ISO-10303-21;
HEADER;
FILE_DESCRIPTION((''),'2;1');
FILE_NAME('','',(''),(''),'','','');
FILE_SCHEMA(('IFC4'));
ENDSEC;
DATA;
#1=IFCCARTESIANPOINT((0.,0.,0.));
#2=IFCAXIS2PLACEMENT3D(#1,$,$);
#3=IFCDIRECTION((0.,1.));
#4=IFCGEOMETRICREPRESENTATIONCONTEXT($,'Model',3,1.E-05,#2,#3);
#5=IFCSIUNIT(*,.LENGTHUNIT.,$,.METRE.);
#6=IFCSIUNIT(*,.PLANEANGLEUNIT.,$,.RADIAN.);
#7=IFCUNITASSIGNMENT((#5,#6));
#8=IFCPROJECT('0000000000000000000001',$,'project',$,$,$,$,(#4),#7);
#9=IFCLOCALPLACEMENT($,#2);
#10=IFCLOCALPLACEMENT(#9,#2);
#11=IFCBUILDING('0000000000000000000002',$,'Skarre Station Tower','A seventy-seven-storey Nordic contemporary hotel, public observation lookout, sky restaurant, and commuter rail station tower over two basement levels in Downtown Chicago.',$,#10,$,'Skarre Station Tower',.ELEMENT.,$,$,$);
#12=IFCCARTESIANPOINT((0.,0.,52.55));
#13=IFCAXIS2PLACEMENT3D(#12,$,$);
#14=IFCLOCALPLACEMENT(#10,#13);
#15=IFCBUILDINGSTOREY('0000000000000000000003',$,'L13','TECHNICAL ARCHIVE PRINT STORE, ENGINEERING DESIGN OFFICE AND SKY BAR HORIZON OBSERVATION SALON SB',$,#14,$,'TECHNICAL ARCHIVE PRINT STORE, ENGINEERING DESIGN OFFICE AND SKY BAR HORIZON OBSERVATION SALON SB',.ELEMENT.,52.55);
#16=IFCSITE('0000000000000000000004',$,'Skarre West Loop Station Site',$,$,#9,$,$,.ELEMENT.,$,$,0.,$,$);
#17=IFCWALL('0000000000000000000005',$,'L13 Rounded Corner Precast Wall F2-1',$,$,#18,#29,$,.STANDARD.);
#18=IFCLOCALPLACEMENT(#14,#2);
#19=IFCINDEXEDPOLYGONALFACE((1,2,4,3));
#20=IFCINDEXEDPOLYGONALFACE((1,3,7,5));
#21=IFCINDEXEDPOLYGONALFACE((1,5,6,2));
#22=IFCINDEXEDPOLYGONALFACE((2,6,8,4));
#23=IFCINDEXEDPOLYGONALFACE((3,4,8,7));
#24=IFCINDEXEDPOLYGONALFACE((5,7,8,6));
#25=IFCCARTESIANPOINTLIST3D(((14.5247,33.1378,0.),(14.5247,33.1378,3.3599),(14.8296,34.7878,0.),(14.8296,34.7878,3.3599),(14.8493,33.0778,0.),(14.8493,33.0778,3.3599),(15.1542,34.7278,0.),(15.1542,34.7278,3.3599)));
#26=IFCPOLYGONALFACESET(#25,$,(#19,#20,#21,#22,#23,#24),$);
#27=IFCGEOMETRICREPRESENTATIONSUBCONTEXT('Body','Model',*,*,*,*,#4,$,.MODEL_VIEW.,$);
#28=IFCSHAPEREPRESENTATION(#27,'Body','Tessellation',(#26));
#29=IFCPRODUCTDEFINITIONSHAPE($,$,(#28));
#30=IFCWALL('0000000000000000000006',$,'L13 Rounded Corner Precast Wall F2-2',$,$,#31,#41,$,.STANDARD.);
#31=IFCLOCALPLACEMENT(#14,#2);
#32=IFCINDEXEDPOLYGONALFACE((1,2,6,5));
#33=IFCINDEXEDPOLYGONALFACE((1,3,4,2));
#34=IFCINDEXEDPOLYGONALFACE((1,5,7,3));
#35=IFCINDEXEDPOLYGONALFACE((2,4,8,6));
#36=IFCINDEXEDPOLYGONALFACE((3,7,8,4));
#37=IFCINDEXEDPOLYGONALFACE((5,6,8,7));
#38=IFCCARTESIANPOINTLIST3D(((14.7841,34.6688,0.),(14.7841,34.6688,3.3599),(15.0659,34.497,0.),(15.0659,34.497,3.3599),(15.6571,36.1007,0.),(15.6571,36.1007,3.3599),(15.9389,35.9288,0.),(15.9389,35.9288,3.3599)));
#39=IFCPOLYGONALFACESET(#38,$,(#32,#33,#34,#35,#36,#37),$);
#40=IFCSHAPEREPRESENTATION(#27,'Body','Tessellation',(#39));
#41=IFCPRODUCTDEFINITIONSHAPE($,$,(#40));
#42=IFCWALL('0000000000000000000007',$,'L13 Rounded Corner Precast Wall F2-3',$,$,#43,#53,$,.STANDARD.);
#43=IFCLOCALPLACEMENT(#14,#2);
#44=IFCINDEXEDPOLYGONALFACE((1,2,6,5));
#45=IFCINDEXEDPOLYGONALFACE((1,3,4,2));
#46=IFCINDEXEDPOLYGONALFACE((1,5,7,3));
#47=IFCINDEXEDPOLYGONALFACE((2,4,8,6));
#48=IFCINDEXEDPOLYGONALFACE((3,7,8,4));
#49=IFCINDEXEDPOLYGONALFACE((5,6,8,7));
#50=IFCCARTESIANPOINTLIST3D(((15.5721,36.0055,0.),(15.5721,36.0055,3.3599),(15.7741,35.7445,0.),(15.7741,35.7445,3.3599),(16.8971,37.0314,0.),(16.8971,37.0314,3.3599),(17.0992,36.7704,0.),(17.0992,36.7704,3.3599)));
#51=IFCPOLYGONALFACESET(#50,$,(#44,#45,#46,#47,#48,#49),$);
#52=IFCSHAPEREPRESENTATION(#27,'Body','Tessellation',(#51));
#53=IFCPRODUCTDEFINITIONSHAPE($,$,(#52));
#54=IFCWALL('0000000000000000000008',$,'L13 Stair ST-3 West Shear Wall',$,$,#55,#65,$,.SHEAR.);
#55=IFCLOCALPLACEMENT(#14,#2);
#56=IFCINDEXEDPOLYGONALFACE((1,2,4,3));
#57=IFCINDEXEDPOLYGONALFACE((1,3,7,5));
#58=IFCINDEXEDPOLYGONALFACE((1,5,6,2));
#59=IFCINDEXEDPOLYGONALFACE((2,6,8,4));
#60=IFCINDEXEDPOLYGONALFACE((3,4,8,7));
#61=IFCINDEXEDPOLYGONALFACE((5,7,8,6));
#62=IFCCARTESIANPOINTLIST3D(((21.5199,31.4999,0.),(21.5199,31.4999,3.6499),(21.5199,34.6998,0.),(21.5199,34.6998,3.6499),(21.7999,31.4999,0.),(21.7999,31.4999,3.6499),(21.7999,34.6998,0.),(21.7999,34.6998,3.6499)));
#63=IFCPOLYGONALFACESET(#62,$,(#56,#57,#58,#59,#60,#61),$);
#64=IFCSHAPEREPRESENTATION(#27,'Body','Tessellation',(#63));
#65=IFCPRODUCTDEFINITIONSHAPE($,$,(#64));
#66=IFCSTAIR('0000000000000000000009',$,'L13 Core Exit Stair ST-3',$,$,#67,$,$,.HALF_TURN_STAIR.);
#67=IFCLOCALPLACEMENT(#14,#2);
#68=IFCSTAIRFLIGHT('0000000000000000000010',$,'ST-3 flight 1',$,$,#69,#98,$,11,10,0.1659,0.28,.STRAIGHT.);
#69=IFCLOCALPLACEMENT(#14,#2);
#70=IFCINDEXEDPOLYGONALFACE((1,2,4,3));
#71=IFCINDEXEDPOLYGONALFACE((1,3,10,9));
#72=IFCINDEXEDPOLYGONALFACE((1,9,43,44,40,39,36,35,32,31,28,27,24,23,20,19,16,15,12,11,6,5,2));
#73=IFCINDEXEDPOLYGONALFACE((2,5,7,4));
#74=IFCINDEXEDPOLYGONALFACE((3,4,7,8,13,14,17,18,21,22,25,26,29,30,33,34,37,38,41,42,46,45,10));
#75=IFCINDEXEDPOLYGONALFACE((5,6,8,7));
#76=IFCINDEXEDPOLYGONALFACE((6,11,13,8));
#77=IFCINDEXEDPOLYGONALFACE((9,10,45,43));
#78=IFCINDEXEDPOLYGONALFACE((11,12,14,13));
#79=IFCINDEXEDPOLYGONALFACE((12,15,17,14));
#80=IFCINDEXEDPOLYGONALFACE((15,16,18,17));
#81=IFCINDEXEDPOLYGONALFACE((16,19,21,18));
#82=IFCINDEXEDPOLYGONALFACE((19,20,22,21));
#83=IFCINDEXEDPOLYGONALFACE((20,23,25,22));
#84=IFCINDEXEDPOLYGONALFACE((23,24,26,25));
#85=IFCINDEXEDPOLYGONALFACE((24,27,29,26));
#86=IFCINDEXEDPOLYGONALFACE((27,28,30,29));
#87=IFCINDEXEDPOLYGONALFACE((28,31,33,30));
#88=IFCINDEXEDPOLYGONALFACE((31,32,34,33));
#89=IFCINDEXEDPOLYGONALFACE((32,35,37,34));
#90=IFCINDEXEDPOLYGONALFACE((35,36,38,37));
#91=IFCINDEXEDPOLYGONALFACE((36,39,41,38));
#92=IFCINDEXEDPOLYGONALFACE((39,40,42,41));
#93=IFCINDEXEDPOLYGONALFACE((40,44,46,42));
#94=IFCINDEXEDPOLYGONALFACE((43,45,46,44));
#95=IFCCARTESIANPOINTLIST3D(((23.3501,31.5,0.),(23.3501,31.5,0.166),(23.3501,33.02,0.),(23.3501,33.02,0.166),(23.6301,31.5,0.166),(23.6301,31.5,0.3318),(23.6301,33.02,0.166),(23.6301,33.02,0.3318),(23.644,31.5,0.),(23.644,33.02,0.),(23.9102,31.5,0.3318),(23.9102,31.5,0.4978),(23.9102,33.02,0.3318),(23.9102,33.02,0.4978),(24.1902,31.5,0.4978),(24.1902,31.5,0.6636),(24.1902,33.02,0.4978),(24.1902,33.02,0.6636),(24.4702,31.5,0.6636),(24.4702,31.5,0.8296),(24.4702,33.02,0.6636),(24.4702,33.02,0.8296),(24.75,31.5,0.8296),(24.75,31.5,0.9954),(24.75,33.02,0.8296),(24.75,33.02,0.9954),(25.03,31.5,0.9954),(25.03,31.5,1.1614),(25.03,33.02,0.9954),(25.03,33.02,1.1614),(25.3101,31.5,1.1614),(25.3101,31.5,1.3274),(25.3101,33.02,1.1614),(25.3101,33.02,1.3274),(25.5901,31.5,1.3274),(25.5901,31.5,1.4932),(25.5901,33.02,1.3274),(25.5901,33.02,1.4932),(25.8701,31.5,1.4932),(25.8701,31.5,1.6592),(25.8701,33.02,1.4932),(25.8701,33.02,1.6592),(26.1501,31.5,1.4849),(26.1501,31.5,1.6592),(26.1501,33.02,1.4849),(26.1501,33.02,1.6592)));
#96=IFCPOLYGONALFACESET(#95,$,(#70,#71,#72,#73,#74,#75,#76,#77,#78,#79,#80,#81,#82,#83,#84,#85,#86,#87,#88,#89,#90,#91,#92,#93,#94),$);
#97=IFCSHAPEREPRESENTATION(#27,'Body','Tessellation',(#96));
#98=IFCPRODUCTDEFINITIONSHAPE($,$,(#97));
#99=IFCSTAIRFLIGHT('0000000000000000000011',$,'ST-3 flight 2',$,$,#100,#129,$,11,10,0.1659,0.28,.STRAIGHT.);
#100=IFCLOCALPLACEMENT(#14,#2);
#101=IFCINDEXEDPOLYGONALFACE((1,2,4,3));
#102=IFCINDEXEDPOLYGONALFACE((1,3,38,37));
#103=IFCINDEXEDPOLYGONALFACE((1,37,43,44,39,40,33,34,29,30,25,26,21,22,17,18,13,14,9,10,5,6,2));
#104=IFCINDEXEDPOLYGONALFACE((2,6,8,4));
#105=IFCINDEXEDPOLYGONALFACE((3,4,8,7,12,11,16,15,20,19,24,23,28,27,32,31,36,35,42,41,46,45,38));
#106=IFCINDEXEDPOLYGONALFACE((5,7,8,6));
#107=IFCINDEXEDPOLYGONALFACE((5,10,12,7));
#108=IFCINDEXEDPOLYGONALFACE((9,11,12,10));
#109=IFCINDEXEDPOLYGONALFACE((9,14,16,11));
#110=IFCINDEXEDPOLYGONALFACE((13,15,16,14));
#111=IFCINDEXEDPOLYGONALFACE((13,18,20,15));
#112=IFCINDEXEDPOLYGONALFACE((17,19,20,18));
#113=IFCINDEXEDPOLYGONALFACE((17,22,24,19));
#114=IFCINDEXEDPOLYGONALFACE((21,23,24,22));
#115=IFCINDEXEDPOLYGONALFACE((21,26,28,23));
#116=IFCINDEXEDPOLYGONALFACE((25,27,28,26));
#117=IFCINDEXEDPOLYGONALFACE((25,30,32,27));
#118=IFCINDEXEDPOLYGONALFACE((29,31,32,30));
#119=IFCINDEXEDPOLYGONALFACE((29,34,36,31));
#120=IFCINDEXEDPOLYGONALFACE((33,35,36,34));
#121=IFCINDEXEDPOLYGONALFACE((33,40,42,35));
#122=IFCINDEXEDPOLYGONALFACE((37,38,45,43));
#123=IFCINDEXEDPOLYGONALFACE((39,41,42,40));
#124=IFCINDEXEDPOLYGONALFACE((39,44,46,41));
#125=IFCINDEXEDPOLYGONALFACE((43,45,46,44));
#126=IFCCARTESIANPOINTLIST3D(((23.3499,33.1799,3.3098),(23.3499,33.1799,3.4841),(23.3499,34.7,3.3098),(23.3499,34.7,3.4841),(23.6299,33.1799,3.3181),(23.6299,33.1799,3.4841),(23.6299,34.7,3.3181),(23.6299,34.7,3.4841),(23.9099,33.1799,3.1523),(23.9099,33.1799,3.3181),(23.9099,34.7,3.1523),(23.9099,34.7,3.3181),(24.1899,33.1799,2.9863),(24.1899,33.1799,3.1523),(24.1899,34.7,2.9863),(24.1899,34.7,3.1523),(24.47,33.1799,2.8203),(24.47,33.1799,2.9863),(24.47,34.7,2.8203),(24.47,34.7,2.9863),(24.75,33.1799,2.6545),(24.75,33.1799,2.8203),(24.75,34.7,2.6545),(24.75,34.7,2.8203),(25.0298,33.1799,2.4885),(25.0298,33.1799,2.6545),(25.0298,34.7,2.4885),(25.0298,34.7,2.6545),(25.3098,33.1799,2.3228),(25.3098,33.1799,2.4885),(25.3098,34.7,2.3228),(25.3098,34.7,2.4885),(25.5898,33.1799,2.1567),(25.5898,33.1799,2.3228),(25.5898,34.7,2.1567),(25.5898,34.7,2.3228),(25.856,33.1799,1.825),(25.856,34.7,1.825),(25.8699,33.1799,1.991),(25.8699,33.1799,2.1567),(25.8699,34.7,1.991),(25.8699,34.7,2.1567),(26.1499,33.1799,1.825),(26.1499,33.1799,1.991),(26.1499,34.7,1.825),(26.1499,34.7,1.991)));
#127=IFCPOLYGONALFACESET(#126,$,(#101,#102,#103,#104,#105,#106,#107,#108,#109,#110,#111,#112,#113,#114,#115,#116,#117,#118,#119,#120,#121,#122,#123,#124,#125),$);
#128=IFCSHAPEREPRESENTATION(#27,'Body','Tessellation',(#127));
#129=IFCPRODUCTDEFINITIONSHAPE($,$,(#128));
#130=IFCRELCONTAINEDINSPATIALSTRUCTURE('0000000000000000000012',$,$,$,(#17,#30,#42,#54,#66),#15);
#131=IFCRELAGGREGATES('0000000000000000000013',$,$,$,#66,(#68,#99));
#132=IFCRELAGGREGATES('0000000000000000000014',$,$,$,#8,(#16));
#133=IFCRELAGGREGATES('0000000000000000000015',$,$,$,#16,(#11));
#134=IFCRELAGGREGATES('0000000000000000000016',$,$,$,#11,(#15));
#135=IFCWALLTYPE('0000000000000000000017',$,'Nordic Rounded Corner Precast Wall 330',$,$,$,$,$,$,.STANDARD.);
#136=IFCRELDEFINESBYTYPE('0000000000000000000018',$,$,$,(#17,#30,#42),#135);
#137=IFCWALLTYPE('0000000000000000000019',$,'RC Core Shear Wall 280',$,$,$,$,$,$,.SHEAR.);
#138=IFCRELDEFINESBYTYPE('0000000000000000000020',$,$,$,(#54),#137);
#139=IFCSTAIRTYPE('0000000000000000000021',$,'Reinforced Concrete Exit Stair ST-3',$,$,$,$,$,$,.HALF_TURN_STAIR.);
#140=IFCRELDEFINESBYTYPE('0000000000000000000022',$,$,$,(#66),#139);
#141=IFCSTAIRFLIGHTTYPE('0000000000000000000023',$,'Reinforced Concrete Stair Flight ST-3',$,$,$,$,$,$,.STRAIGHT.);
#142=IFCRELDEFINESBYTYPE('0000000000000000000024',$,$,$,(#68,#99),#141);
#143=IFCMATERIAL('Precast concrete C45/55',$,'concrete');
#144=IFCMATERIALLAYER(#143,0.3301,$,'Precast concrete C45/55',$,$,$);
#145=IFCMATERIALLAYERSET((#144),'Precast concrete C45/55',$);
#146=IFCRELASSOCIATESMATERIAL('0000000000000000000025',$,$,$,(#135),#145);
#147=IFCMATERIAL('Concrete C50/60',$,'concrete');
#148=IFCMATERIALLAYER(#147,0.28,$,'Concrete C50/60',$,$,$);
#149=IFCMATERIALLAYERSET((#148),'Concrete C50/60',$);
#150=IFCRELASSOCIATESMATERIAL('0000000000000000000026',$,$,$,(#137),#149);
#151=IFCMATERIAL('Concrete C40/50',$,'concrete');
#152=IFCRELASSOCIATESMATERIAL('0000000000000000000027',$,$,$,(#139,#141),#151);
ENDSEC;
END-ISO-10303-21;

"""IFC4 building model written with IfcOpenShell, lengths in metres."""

from ifc_helpers import new_model, si_unit, direction, frame, frame_2d, origin, place, context, subcontext, project, spatial, polyline, rectangle, outline, extrude, material, layer, layer_set, type_object, element, aggregate, save


model = new_model("IFC4")

# Units and contexts
model_context = context("Model", 3, precision=1e-05, world=origin(), true_north=direction((0.0, 1.0)))
body_context = subcontext(model_context, "Body", "Model", "MODEL_VIEW")
ifc_project = project(units=[si_unit("LENGTHUNIT", "METRE"), si_unit("PLANEANGLEUNIT", "RADIAN")], contexts=[model_context])

# Site, building, storey
site_placement = place(None, origin())
site = spatial("IfcSite", under=ifc_project, at=site_placement, Name="Skarre West Loop Station Site", CompositionType="ELEMENT", RefElevation=0.0)
building_placement = place(site_placement, origin())
building = spatial("IfcBuilding", under=site, at=building_placement, Name="Skarre Station Tower", Description="A seventy-seven-storey Nordic contemporary hotel, public observation lookout, sky restaurant, and commuter rail station tower over two basement levels in Downtown Chicago.", LongName="Skarre Station Tower", CompositionType="ELEMENT")
storey_placement = place(building_placement, frame((0.0, 0.0, 52.55)))
storey = spatial("IfcBuildingStorey", under=building, at=storey_placement, Name="L13", Description="TECHNICAL ARCHIVE PRINT STORE, ENGINEERING DESIGN OFFICE AND SKY BAR HORIZON OBSERVATION SALON SB", LongName="TECHNICAL ARCHIVE PRINT STORE, ENGINEERING DESIGN OFFICE AND SKY BAR HORIZON OBSERVATION SALON SB", CompositionType="ELEMENT", Elevation=52.55)

# Shared definitions
ifc_material_1 = material(Name="Precast concrete C45/55", Category="concrete")

# Walls
ifc_layer_1 = layer(ifc_material_1, 0.3301, Name="Precast concrete C45/55")
ifc_layer_set_1 = layer_set([ifc_layer_1], Name="Precast concrete C45/55")
wall_type_1 = type_object("IfcWallType", Name="Nordic Rounded Corner Precast Wall 330", PredefinedType="STANDARD", material=ifc_layer_set_1)
wall_1_placement = place(storey_placement, frame((14.687, 33.1079, 0.0), z_axis=(0.0, 0.0, 1.0), x_axis=(0.181714, 0.983351, 0.0)))
element("IfcWall", 1, at=wall_1_placement, inside=storey, type_object=wall_type_1, Name="L13 Rounded Corner Precast Wall F2-1", PredefinedType="STANDARD", context=body_context, shape_type="SweptSolid", body=[
    extrude(rectangle(XDim=1.678, YDim=0.3301, at=frame_2d((0.8389, 0.0))), origin(), (0.0, 0.0, 1.0), 3.3599),
])
wall_2_placement = place(storey_placement, frame((14.925, 34.583, 0.0), z_axis=(0.0, 0.0, 1.0), x_axis=(0.520584, 0.85381, 0.0)))
element("IfcWall", 2, at=wall_2_placement, inside=storey, type_object=wall_type_1, Name="L13 Rounded Corner Precast Wall F2-2", PredefinedType="STANDARD", context=body_context, shape_type="SweptSolid", body=[
    extrude(rectangle(XDim=1.677, YDim=0.3301, at=frame_2d((0.8384, 0.0))), origin(), (0.0, 0.0, 1.0), 3.3599),
])
wall_3_placement = place(storey_placement, frame((15.6731, 35.875, 0.0), z_axis=(0.0, 0.0, 1.0), x_axis=(0.790692, 0.612214, 0.0)))
element("IfcWall", 3, at=wall_3_placement, inside=storey, type_object=wall_type_1, Name="L13 Rounded Corner Precast Wall F2-3", PredefinedType="STANDARD", context=body_context, shape_type="SweptSolid", body=[
    extrude(rectangle(XDim=1.6758, YDim=0.3301, at=frame_2d((0.8379, 0.0))), origin(), (0.0, 0.0, 1.0), 3.3599),
])
ifc_material_2 = material(Name="Concrete C50/60", Category="concrete")
ifc_layer_2 = layer(ifc_material_2, 0.28, Name="Concrete C50/60")
ifc_layer_set_2 = layer_set([ifc_layer_2], Name="Concrete C50/60")
wall_type_2 = type_object("IfcWallType", Name="RC Core Shear Wall 280", PredefinedType="SHEAR", material=ifc_layer_set_2)
wall_4_placement = place(storey_placement, frame((21.6599, 34.7, 0.0), z_axis=(0.0, 0.0, 1.0), x_axis=(0.0, -1.0, 0.0)))
element("IfcWall", 4, at=wall_4_placement, inside=storey, type_object=wall_type_2, Name="L13 Stair ST-3 West Shear Wall", PredefinedType="SHEAR", context=body_context, shape_type="SweptSolid", body=[
    extrude(rectangle(XDim=3.2, YDim=0.28, at=frame_2d((1.6001, 0.0))), origin(), (0.0, 0.0, 1.0), 3.6499),
])

# Stair, stair flights
ifc_material_3 = material(Name="Concrete C40/50", Category="concrete")
stair_type = type_object("IfcStairType", Name="Reinforced Concrete Exit Stair ST-3", PredefinedType="HALF_TURN_STAIR", material=ifc_material_3)
stair_placement = place(storey_placement, origin())
stair = element("IfcStair", 5, at=stair_placement, inside=storey, type_object=stair_type, Name="L13 Core Exit Stair ST-3", PredefinedType="HALF_TURN_STAIR")
stair_flight_type = type_object("IfcStairFlightType", Name="Reinforced Concrete Stair Flight ST-3", PredefinedType="STRAIGHT", material=ifc_material_3)
stair_flight_1_placement = place(storey_placement, frame((23.3501, 32.26, 0.0), z_axis=(0.0, 0.0, 1.0), x_axis=(1.0, 0.0, 0.0)))
stair_flight_1 = element("IfcStairFlight", 6, at=stair_flight_1_placement, type_object=stair_flight_type, Name="ST-3 flight 1", NumberOfRisers=11, NumberOfTreads=10, PredefinedType="STRAIGHT", RiserHeight=0.1659, TreadLength=0.28, context=body_context, shape_type="SweptSolid", body=[
    extrude(outline(polyline([(0.0, 0.0), (0.0, 0.166), (0.28, 0.166), (0.28, 0.3318), (0.5601, 0.3318), (0.5601, 0.4978), (0.8401, 0.4978), (0.8401, 0.6636), (1.1201, 0.6636), (1.1201, 0.8296), (1.3999, 0.8296), (1.3999, 0.9954), (1.6799, 0.9954), (1.6799, 1.1614), (1.96, 1.1614), (1.96, 1.3274), (2.24, 1.3274), (2.24, 1.4932), (2.52, 1.4932), (2.52, 1.6592), (2.8, 1.6592), (2.8, 1.825), (2.8, 1.4849), (0.2939, 0.0), (0.0, 0.0)])), frame((0.0, 0.76, 0.0), z_axis=(0.0, -1.0, 0.0), x_axis=(1.0, 0.0, 0.0)), (0.0, 0.0, 1.0), 1.52),
])
stair_flight_2_placement = place(storey_placement, frame((26.1499, 33.9399, 1.825), z_axis=(0.0, 0.0, 1.0), x_axis=(-1.0, 0.0, 0.0)))
stair_flight_2 = element("IfcStairFlight", 7, at=stair_flight_2_placement, type_object=stair_flight_type, Name="ST-3 flight 2", NumberOfRisers=11, NumberOfTreads=10, PredefinedType="STRAIGHT", RiserHeight=0.1659, TreadLength=0.28, context=body_context, shape_type="SweptSolid", body=[
    extrude(outline(polyline([(0.0, 0.0), (0.0, 0.166), (0.28, 0.166), (0.28, 0.3318), (0.5601, 0.3318), (0.5601, 0.4978), (0.8401, 0.4978), (0.8401, 0.6636), (1.1201, 0.6636), (1.1201, 0.8296), (1.3999, 0.8296), (1.3999, 0.9954), (1.6799, 0.9954), (1.6799, 1.1614), (1.96, 1.1614), (1.96, 1.3274), (2.24, 1.3274), (2.24, 1.4932), (2.52, 1.4932), (2.52, 1.6592), (2.8, 1.6592), (2.8, 1.825), (2.8, 1.4849), (0.2939, 0.0), (0.0, 0.0)])), frame((0.0, 0.76, 0.0), z_axis=(0.0, -1.0, 0.0), x_axis=(1.0, 0.0, 0.0)), (0.0, 0.0, 1.0), 1.52),
])
aggregate(stair, [stair_flight_1, stair_flight_2])

save(model, "model.ifc")
